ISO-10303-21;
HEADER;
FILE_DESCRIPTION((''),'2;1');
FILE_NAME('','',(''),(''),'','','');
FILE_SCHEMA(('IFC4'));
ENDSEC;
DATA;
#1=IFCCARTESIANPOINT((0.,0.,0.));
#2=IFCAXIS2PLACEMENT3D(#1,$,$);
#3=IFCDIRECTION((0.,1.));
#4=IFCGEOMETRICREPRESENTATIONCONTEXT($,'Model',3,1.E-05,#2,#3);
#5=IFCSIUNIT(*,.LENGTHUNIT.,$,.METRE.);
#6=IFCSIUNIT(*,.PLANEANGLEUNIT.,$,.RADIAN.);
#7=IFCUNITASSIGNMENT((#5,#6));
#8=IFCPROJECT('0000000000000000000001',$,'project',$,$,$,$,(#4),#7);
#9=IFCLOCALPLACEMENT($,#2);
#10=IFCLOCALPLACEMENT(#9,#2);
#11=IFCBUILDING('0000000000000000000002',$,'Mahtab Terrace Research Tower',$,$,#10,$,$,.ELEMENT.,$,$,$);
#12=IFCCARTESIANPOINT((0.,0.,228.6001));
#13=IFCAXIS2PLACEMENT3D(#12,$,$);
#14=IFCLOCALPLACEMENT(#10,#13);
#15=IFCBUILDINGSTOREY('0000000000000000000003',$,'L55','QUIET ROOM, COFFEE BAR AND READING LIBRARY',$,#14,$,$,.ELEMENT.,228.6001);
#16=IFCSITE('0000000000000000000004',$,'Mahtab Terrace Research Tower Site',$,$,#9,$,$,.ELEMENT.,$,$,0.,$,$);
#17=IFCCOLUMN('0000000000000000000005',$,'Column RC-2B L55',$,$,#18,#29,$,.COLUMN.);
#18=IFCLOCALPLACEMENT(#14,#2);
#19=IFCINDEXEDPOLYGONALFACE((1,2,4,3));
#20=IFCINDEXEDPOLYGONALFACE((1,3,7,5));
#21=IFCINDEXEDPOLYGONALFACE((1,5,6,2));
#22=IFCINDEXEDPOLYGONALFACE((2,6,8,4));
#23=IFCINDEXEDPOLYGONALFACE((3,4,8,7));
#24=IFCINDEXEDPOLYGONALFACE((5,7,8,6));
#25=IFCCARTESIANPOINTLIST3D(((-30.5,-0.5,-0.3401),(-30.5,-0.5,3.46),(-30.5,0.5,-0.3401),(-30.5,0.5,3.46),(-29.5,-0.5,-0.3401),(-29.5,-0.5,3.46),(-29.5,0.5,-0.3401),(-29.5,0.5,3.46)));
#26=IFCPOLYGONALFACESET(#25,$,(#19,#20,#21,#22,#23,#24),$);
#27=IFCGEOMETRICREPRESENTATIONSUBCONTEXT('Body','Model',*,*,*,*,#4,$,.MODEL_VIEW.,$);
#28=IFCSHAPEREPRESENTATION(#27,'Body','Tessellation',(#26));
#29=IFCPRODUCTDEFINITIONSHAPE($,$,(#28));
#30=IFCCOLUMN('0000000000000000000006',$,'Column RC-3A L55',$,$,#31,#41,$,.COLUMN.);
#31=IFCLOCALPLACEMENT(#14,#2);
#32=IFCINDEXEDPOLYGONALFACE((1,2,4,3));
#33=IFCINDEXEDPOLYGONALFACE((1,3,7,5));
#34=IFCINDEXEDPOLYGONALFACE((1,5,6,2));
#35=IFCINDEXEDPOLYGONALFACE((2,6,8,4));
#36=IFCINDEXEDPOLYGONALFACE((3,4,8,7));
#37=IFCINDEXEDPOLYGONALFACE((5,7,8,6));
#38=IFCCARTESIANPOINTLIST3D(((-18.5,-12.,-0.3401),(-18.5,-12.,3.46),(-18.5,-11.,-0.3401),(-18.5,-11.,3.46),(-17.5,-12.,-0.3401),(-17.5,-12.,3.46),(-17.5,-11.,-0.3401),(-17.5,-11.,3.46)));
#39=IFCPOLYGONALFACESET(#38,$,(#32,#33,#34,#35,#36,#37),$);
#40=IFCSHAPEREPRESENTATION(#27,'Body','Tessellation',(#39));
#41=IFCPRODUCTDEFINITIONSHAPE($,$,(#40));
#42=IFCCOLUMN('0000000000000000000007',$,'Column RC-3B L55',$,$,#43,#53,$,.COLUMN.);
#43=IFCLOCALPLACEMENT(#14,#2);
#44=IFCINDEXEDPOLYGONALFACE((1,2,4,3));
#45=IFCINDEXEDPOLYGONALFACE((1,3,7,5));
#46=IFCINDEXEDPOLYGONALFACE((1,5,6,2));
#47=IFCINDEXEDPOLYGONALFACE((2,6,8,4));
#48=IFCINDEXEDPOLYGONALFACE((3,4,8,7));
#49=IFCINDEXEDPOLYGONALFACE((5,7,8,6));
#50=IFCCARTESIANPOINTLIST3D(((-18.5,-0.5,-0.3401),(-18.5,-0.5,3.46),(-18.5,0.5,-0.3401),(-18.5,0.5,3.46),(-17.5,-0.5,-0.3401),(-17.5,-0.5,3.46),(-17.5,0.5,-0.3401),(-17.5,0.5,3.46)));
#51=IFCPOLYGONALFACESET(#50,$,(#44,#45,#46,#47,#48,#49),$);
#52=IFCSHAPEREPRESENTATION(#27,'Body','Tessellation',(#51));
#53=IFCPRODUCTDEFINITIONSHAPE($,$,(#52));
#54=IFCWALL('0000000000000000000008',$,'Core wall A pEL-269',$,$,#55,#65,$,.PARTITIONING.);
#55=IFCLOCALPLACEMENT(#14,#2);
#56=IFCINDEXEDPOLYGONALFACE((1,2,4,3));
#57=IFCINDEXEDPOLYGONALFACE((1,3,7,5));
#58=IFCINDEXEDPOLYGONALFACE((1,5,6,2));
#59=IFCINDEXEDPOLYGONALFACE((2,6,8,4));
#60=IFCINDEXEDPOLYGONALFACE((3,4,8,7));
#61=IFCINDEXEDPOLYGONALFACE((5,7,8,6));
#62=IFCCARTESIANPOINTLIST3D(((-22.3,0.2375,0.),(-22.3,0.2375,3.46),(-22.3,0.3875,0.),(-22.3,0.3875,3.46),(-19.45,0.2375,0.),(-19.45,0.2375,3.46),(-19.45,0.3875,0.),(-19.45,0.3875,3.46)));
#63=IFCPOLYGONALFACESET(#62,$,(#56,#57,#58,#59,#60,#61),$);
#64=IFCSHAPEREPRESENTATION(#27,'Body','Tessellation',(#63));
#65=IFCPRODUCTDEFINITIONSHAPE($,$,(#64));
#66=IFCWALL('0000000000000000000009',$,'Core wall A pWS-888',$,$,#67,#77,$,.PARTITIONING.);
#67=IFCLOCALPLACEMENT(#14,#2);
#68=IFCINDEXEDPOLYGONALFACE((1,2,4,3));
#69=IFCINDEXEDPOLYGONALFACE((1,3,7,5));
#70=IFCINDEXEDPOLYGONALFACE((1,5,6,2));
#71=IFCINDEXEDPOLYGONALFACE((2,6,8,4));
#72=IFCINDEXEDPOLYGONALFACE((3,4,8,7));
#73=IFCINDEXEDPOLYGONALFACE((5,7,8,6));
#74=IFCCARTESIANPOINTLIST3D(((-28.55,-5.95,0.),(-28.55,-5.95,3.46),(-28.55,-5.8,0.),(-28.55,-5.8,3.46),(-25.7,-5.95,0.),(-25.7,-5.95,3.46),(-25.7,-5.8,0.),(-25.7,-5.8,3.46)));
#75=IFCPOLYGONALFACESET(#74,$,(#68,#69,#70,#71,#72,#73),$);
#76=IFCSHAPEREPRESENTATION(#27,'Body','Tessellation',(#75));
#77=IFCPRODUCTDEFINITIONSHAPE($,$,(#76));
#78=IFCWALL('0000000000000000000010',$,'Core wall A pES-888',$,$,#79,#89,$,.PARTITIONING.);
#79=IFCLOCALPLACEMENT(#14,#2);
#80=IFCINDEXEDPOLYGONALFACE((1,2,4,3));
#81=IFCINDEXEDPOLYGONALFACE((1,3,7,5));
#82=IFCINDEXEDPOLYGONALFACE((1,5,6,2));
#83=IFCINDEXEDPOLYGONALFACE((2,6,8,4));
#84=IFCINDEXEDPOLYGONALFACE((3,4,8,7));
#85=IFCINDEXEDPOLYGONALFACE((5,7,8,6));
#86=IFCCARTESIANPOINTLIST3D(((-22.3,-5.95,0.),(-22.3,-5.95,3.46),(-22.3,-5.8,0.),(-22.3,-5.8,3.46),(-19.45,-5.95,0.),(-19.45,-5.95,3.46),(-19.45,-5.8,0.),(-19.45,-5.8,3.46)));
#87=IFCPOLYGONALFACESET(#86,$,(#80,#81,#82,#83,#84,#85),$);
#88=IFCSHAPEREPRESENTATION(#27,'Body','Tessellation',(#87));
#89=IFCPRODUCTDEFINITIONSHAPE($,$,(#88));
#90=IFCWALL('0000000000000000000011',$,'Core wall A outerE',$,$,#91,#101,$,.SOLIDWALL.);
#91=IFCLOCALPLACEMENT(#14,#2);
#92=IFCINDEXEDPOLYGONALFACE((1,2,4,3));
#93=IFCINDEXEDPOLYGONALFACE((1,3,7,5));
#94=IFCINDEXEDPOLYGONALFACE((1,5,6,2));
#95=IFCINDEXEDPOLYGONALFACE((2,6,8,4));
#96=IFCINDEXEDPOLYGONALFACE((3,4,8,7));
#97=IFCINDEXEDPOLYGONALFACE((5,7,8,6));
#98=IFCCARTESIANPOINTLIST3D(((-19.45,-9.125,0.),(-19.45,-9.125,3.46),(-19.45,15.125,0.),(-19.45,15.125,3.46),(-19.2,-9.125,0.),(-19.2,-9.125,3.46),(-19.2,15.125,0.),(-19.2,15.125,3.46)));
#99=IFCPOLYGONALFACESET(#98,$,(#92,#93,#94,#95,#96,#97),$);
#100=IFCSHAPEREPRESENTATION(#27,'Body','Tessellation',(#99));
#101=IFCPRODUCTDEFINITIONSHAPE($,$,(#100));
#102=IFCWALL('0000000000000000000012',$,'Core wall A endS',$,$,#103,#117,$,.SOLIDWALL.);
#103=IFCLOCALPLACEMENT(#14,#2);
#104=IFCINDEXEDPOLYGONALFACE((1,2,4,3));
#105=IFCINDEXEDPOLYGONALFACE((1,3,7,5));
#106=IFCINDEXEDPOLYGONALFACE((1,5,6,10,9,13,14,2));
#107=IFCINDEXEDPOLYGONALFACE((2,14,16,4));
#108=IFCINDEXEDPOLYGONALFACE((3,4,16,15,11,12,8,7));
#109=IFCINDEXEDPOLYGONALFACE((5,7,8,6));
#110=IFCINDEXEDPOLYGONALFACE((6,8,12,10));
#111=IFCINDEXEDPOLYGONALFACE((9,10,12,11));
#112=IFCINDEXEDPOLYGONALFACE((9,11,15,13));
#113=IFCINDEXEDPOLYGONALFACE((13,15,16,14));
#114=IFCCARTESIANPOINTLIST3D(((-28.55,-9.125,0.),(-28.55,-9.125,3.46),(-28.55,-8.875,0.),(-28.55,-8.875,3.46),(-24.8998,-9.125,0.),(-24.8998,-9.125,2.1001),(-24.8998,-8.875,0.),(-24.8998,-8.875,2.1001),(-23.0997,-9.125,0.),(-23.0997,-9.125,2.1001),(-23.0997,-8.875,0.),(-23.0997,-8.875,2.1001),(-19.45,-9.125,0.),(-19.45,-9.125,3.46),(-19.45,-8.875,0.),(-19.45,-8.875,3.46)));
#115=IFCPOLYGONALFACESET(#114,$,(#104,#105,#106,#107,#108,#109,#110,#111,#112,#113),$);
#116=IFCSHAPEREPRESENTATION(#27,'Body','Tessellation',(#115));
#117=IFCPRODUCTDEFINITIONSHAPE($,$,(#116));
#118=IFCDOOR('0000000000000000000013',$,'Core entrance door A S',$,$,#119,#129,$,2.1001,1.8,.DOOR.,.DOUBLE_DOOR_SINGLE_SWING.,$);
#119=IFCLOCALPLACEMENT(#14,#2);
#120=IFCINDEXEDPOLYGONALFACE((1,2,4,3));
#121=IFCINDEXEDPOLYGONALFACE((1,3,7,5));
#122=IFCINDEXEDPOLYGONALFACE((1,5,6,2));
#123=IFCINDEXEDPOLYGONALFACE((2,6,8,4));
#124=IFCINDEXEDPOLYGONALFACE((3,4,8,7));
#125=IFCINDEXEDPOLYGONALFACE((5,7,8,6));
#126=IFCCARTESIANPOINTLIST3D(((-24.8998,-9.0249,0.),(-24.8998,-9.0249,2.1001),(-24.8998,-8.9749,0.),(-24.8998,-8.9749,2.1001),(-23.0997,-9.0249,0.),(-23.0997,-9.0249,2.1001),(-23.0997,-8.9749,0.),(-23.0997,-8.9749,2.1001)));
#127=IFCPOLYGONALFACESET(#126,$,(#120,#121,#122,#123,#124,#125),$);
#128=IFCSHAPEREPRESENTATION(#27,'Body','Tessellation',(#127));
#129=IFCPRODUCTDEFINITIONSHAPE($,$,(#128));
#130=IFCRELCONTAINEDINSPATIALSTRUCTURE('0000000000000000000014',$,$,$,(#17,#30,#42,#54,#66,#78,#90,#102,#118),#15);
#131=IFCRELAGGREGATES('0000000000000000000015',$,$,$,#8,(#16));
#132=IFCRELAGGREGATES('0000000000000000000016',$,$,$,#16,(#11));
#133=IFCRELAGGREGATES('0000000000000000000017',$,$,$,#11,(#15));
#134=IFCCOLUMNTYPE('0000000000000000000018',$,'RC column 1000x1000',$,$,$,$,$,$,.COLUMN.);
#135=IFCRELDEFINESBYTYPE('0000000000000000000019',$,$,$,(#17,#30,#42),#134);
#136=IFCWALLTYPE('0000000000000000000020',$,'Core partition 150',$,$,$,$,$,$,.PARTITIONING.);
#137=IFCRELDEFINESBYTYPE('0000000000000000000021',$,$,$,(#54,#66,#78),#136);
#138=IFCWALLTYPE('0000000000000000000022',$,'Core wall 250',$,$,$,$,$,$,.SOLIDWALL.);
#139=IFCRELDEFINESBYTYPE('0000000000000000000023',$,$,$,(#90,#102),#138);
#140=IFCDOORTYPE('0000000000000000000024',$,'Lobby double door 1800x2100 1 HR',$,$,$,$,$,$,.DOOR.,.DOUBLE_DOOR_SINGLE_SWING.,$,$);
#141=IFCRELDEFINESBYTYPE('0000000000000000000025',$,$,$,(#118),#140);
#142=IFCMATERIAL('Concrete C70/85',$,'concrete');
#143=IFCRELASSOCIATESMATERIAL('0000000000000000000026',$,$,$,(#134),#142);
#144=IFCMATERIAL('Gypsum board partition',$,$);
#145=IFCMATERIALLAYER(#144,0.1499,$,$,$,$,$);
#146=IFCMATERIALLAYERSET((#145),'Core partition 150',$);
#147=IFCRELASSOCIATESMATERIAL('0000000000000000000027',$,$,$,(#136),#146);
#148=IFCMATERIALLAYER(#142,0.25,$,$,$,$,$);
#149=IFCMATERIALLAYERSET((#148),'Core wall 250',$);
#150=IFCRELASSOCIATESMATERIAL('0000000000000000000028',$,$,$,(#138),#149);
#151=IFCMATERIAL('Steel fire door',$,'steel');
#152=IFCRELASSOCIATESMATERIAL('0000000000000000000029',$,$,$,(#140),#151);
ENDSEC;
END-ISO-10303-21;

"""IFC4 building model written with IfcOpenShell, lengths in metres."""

from ifc_helpers import new_model, si_unit, direction, frame, frame_2d, origin, origin_2d, place, context, subcontext, project, spatial, rectangle, extrude, material, layer, layer_set, material_profile, profile_set, type_object, element, fill, save


model = new_model("IFC4")

# Units and contexts
model_context = context("Model", 3, precision=1e-05, world=origin(), true_north=direction((0.0, 1.0)))
body_context = subcontext(model_context, "Body", "Model", "MODEL_VIEW")
ifc_project = project(units=[si_unit("LENGTHUNIT", "METRE"), si_unit("PLANEANGLEUNIT", "RADIAN")], contexts=[model_context])

# Site, building, storey
site_placement = place(None, origin())
site = spatial("IfcSite", under=ifc_project, at=site_placement, Name="Mahtab Terrace Research Tower Site", CompositionType="ELEMENT", RefElevation=0.0)
building_placement = place(site_placement, origin())
building = spatial("IfcBuilding", under=site, at=building_placement, Name="Mahtab Terrace Research Tower", CompositionType="ELEMENT")
storey_placement = place(building_placement, frame((0.0, 0.0, 228.6001)))
storey = spatial("IfcBuildingStorey", under=building, at=storey_placement, Name="L55", Description="QUIET ROOM, COFFEE BAR AND READING LIBRARY", CompositionType="ELEMENT", Elevation=228.6001)

# Columns
ifc_material_1 = material(Name="Concrete C70/85", Category="concrete")
ifc_material_profile = material_profile(ifc_material_1, rectangle(XDim=1.0, YDim=1.0, at=origin_2d()), Name="RC column 1000x1000")
ifc_profile_set = profile_set([ifc_material_profile], Name="Concrete C70/85")
column_type = type_object("IfcColumnType", Name="RC column 1000x1000", PredefinedType="COLUMN", material=ifc_profile_set)
for number, where, z_axis, x_axis, name in (
    (1, (-30.0, 0.0, -0.3401), (0.0, 0.0, 1.0), (1.0, 0.0, 0.0), "Column RC-2B L55"),
    (2, (-18.0, -11.5, -0.3401), (0.0, 0.0, 1.0), (1.0, 0.0, 0.0), "Column RC-3A L55"),
    (3, (-18.0, 0.0, -0.3401), (0.0, 0.0, 1.0), (1.0, 0.0, 0.0), "Column RC-3B L55"),
):
    element("IfcColumn", number, at=place(storey_placement, frame(where, z_axis=z_axis, x_axis=x_axis)), inside=storey, type_object=column_type, Name=name, PredefinedType="COLUMN", context=body_context, shape_type="SweptSolid", body=[
        extrude(rectangle(XDim=1.0, YDim=1.0, at=origin_2d()), origin(), (0.0, 0.0, 1.0), 3.8),
    ])

# Walls
ifc_material_2 = material(Name="Gypsum board partition")
ifc_layer_1 = layer(ifc_material_2, 0.1499)
ifc_layer_set_1 = layer_set([ifc_layer_1], Name="Core partition 150")
wall_type_1 = type_object("IfcWallType", Name="Core partition 150", PredefinedType="PARTITIONING", material=ifc_layer_set_1)
for number, where, z_axis, x_axis, name in (
    (4, (-22.3, 0.3125, 0.0), (0.0, 0.0, 1.0), (1.0, 0.0, 0.0), "Core wall A pEL-269"),
    (5, (-28.55, -5.875, 0.0), (0.0, 0.0, 1.0), (1.0, 0.0, 0.0), "Core wall A pWS-888"),
    (6, (-22.3, -5.875, 0.0), (0.0, 0.0, 1.0), (1.0, 0.0, 0.0), "Core wall A pES-888"),
):
    element("IfcWall", number, at=place(storey_placement, frame(where, z_axis=z_axis, x_axis=x_axis)), inside=storey, type_object=wall_type_1, Name=name, PredefinedType="PARTITIONING", context=body_context, shape_type="SweptSolid", body=[
        extrude(rectangle(XDim=2.8501, YDim=0.1499, at=frame_2d((1.425, 0.0))), origin(), (0.0, 0.0, 1.0), 3.46),
    ])
ifc_layer_2 = layer(ifc_material_1, 0.25)
ifc_layer_set_2 = layer_set([ifc_layer_2], Name="Core wall 250")
wall_type_2 = type_object("IfcWallType", Name="Core wall 250", PredefinedType="SOLIDWALL", material=ifc_layer_set_2)
wall_1_placement = place(storey_placement, frame((-19.325, -9.125, 0.0), z_axis=(0.0, 0.0, 1.0), x_axis=(0.0, 1.0, 0.0)))
element("IfcWall", 7, at=wall_1_placement, inside=storey, type_object=wall_type_2, Name="Core wall A outerE", PredefinedType="SOLIDWALL", context=body_context, shape_type="SweptSolid", body=[
    extrude(rectangle(XDim=24.25, YDim=0.25, at=frame_2d((12.125, 0.0))), origin(), (0.0, 0.0, 1.0), 3.46),
])

# Wall, opening, door
wall_2_placement = place(storey_placement, frame((-19.45, -9.0, 0.0), z_axis=(0.0, 0.0, 1.0), x_axis=(-1.0, 0.0, 0.0)))
wall_2 = element("IfcWall", 8, at=wall_2_placement, inside=storey, type_object=wall_type_2, Name="Core wall A endS", PredefinedType="SOLIDWALL", context=body_context, shape_type="SweptSolid", body=[
    extrude(rectangle(XDim=9.1001, YDim=0.25, at=frame_2d((4.55, 0.0))), origin(), (0.0, 0.0, 1.0), 3.46),
])
opening_1_placement = place(wall_2_placement, frame((3.6499, 0.0, 0.0)))
opening_1 = element("IfcOpeningElement", 9, at=opening_1_placement, cuts=wall_2, PredefinedType="OPENING", context=body_context, shape_type="SweptSolid", body=[
    extrude(rectangle(XDim=1.8, YDim=2.1001, at=frame_2d((0.8999, 1.05))), frame((0.0, 0.135, 0.0), z_axis=(0.0, -1.0, 0.0), x_axis=(1.0, 0.0, 0.0)), (0.0, 0.0, 1.0), 0.27),
])
ifc_material_3 = material(Name="Steel fire door", Category="steel")
door_type_1 = type_object("IfcDoorType", Name="Lobby double door 1800x2100 1 HR", OperationType="DOUBLE_DOOR_SINGLE_SWING", PredefinedType="DOOR", material=ifc_material_3)
door_1_placement = place(opening_1_placement, origin())
door_1 = element("IfcDoor", 10, at=door_1_placement, inside=storey, type_object=door_type_1, Name="Core entrance door A S", OperationType="DOUBLE_DOOR_SINGLE_SWING", OverallHeight=2.1001, OverallWidth=1.8, PredefinedType="DOOR", context=body_context, shape_type="SweptSolid", body=[
    extrude(rectangle(XDim=1.8, YDim=2.1001, at=frame_2d((0.8999, 1.05))), frame((0.0, 0.0249, 0.0), z_axis=(0.0, -1.0, 0.0), x_axis=(1.0, 0.0, 0.0)), (0.0, 0.0, 1.0), 0.05),
])
fill(opening_1, door_1)

save(model, "model.ifc")
